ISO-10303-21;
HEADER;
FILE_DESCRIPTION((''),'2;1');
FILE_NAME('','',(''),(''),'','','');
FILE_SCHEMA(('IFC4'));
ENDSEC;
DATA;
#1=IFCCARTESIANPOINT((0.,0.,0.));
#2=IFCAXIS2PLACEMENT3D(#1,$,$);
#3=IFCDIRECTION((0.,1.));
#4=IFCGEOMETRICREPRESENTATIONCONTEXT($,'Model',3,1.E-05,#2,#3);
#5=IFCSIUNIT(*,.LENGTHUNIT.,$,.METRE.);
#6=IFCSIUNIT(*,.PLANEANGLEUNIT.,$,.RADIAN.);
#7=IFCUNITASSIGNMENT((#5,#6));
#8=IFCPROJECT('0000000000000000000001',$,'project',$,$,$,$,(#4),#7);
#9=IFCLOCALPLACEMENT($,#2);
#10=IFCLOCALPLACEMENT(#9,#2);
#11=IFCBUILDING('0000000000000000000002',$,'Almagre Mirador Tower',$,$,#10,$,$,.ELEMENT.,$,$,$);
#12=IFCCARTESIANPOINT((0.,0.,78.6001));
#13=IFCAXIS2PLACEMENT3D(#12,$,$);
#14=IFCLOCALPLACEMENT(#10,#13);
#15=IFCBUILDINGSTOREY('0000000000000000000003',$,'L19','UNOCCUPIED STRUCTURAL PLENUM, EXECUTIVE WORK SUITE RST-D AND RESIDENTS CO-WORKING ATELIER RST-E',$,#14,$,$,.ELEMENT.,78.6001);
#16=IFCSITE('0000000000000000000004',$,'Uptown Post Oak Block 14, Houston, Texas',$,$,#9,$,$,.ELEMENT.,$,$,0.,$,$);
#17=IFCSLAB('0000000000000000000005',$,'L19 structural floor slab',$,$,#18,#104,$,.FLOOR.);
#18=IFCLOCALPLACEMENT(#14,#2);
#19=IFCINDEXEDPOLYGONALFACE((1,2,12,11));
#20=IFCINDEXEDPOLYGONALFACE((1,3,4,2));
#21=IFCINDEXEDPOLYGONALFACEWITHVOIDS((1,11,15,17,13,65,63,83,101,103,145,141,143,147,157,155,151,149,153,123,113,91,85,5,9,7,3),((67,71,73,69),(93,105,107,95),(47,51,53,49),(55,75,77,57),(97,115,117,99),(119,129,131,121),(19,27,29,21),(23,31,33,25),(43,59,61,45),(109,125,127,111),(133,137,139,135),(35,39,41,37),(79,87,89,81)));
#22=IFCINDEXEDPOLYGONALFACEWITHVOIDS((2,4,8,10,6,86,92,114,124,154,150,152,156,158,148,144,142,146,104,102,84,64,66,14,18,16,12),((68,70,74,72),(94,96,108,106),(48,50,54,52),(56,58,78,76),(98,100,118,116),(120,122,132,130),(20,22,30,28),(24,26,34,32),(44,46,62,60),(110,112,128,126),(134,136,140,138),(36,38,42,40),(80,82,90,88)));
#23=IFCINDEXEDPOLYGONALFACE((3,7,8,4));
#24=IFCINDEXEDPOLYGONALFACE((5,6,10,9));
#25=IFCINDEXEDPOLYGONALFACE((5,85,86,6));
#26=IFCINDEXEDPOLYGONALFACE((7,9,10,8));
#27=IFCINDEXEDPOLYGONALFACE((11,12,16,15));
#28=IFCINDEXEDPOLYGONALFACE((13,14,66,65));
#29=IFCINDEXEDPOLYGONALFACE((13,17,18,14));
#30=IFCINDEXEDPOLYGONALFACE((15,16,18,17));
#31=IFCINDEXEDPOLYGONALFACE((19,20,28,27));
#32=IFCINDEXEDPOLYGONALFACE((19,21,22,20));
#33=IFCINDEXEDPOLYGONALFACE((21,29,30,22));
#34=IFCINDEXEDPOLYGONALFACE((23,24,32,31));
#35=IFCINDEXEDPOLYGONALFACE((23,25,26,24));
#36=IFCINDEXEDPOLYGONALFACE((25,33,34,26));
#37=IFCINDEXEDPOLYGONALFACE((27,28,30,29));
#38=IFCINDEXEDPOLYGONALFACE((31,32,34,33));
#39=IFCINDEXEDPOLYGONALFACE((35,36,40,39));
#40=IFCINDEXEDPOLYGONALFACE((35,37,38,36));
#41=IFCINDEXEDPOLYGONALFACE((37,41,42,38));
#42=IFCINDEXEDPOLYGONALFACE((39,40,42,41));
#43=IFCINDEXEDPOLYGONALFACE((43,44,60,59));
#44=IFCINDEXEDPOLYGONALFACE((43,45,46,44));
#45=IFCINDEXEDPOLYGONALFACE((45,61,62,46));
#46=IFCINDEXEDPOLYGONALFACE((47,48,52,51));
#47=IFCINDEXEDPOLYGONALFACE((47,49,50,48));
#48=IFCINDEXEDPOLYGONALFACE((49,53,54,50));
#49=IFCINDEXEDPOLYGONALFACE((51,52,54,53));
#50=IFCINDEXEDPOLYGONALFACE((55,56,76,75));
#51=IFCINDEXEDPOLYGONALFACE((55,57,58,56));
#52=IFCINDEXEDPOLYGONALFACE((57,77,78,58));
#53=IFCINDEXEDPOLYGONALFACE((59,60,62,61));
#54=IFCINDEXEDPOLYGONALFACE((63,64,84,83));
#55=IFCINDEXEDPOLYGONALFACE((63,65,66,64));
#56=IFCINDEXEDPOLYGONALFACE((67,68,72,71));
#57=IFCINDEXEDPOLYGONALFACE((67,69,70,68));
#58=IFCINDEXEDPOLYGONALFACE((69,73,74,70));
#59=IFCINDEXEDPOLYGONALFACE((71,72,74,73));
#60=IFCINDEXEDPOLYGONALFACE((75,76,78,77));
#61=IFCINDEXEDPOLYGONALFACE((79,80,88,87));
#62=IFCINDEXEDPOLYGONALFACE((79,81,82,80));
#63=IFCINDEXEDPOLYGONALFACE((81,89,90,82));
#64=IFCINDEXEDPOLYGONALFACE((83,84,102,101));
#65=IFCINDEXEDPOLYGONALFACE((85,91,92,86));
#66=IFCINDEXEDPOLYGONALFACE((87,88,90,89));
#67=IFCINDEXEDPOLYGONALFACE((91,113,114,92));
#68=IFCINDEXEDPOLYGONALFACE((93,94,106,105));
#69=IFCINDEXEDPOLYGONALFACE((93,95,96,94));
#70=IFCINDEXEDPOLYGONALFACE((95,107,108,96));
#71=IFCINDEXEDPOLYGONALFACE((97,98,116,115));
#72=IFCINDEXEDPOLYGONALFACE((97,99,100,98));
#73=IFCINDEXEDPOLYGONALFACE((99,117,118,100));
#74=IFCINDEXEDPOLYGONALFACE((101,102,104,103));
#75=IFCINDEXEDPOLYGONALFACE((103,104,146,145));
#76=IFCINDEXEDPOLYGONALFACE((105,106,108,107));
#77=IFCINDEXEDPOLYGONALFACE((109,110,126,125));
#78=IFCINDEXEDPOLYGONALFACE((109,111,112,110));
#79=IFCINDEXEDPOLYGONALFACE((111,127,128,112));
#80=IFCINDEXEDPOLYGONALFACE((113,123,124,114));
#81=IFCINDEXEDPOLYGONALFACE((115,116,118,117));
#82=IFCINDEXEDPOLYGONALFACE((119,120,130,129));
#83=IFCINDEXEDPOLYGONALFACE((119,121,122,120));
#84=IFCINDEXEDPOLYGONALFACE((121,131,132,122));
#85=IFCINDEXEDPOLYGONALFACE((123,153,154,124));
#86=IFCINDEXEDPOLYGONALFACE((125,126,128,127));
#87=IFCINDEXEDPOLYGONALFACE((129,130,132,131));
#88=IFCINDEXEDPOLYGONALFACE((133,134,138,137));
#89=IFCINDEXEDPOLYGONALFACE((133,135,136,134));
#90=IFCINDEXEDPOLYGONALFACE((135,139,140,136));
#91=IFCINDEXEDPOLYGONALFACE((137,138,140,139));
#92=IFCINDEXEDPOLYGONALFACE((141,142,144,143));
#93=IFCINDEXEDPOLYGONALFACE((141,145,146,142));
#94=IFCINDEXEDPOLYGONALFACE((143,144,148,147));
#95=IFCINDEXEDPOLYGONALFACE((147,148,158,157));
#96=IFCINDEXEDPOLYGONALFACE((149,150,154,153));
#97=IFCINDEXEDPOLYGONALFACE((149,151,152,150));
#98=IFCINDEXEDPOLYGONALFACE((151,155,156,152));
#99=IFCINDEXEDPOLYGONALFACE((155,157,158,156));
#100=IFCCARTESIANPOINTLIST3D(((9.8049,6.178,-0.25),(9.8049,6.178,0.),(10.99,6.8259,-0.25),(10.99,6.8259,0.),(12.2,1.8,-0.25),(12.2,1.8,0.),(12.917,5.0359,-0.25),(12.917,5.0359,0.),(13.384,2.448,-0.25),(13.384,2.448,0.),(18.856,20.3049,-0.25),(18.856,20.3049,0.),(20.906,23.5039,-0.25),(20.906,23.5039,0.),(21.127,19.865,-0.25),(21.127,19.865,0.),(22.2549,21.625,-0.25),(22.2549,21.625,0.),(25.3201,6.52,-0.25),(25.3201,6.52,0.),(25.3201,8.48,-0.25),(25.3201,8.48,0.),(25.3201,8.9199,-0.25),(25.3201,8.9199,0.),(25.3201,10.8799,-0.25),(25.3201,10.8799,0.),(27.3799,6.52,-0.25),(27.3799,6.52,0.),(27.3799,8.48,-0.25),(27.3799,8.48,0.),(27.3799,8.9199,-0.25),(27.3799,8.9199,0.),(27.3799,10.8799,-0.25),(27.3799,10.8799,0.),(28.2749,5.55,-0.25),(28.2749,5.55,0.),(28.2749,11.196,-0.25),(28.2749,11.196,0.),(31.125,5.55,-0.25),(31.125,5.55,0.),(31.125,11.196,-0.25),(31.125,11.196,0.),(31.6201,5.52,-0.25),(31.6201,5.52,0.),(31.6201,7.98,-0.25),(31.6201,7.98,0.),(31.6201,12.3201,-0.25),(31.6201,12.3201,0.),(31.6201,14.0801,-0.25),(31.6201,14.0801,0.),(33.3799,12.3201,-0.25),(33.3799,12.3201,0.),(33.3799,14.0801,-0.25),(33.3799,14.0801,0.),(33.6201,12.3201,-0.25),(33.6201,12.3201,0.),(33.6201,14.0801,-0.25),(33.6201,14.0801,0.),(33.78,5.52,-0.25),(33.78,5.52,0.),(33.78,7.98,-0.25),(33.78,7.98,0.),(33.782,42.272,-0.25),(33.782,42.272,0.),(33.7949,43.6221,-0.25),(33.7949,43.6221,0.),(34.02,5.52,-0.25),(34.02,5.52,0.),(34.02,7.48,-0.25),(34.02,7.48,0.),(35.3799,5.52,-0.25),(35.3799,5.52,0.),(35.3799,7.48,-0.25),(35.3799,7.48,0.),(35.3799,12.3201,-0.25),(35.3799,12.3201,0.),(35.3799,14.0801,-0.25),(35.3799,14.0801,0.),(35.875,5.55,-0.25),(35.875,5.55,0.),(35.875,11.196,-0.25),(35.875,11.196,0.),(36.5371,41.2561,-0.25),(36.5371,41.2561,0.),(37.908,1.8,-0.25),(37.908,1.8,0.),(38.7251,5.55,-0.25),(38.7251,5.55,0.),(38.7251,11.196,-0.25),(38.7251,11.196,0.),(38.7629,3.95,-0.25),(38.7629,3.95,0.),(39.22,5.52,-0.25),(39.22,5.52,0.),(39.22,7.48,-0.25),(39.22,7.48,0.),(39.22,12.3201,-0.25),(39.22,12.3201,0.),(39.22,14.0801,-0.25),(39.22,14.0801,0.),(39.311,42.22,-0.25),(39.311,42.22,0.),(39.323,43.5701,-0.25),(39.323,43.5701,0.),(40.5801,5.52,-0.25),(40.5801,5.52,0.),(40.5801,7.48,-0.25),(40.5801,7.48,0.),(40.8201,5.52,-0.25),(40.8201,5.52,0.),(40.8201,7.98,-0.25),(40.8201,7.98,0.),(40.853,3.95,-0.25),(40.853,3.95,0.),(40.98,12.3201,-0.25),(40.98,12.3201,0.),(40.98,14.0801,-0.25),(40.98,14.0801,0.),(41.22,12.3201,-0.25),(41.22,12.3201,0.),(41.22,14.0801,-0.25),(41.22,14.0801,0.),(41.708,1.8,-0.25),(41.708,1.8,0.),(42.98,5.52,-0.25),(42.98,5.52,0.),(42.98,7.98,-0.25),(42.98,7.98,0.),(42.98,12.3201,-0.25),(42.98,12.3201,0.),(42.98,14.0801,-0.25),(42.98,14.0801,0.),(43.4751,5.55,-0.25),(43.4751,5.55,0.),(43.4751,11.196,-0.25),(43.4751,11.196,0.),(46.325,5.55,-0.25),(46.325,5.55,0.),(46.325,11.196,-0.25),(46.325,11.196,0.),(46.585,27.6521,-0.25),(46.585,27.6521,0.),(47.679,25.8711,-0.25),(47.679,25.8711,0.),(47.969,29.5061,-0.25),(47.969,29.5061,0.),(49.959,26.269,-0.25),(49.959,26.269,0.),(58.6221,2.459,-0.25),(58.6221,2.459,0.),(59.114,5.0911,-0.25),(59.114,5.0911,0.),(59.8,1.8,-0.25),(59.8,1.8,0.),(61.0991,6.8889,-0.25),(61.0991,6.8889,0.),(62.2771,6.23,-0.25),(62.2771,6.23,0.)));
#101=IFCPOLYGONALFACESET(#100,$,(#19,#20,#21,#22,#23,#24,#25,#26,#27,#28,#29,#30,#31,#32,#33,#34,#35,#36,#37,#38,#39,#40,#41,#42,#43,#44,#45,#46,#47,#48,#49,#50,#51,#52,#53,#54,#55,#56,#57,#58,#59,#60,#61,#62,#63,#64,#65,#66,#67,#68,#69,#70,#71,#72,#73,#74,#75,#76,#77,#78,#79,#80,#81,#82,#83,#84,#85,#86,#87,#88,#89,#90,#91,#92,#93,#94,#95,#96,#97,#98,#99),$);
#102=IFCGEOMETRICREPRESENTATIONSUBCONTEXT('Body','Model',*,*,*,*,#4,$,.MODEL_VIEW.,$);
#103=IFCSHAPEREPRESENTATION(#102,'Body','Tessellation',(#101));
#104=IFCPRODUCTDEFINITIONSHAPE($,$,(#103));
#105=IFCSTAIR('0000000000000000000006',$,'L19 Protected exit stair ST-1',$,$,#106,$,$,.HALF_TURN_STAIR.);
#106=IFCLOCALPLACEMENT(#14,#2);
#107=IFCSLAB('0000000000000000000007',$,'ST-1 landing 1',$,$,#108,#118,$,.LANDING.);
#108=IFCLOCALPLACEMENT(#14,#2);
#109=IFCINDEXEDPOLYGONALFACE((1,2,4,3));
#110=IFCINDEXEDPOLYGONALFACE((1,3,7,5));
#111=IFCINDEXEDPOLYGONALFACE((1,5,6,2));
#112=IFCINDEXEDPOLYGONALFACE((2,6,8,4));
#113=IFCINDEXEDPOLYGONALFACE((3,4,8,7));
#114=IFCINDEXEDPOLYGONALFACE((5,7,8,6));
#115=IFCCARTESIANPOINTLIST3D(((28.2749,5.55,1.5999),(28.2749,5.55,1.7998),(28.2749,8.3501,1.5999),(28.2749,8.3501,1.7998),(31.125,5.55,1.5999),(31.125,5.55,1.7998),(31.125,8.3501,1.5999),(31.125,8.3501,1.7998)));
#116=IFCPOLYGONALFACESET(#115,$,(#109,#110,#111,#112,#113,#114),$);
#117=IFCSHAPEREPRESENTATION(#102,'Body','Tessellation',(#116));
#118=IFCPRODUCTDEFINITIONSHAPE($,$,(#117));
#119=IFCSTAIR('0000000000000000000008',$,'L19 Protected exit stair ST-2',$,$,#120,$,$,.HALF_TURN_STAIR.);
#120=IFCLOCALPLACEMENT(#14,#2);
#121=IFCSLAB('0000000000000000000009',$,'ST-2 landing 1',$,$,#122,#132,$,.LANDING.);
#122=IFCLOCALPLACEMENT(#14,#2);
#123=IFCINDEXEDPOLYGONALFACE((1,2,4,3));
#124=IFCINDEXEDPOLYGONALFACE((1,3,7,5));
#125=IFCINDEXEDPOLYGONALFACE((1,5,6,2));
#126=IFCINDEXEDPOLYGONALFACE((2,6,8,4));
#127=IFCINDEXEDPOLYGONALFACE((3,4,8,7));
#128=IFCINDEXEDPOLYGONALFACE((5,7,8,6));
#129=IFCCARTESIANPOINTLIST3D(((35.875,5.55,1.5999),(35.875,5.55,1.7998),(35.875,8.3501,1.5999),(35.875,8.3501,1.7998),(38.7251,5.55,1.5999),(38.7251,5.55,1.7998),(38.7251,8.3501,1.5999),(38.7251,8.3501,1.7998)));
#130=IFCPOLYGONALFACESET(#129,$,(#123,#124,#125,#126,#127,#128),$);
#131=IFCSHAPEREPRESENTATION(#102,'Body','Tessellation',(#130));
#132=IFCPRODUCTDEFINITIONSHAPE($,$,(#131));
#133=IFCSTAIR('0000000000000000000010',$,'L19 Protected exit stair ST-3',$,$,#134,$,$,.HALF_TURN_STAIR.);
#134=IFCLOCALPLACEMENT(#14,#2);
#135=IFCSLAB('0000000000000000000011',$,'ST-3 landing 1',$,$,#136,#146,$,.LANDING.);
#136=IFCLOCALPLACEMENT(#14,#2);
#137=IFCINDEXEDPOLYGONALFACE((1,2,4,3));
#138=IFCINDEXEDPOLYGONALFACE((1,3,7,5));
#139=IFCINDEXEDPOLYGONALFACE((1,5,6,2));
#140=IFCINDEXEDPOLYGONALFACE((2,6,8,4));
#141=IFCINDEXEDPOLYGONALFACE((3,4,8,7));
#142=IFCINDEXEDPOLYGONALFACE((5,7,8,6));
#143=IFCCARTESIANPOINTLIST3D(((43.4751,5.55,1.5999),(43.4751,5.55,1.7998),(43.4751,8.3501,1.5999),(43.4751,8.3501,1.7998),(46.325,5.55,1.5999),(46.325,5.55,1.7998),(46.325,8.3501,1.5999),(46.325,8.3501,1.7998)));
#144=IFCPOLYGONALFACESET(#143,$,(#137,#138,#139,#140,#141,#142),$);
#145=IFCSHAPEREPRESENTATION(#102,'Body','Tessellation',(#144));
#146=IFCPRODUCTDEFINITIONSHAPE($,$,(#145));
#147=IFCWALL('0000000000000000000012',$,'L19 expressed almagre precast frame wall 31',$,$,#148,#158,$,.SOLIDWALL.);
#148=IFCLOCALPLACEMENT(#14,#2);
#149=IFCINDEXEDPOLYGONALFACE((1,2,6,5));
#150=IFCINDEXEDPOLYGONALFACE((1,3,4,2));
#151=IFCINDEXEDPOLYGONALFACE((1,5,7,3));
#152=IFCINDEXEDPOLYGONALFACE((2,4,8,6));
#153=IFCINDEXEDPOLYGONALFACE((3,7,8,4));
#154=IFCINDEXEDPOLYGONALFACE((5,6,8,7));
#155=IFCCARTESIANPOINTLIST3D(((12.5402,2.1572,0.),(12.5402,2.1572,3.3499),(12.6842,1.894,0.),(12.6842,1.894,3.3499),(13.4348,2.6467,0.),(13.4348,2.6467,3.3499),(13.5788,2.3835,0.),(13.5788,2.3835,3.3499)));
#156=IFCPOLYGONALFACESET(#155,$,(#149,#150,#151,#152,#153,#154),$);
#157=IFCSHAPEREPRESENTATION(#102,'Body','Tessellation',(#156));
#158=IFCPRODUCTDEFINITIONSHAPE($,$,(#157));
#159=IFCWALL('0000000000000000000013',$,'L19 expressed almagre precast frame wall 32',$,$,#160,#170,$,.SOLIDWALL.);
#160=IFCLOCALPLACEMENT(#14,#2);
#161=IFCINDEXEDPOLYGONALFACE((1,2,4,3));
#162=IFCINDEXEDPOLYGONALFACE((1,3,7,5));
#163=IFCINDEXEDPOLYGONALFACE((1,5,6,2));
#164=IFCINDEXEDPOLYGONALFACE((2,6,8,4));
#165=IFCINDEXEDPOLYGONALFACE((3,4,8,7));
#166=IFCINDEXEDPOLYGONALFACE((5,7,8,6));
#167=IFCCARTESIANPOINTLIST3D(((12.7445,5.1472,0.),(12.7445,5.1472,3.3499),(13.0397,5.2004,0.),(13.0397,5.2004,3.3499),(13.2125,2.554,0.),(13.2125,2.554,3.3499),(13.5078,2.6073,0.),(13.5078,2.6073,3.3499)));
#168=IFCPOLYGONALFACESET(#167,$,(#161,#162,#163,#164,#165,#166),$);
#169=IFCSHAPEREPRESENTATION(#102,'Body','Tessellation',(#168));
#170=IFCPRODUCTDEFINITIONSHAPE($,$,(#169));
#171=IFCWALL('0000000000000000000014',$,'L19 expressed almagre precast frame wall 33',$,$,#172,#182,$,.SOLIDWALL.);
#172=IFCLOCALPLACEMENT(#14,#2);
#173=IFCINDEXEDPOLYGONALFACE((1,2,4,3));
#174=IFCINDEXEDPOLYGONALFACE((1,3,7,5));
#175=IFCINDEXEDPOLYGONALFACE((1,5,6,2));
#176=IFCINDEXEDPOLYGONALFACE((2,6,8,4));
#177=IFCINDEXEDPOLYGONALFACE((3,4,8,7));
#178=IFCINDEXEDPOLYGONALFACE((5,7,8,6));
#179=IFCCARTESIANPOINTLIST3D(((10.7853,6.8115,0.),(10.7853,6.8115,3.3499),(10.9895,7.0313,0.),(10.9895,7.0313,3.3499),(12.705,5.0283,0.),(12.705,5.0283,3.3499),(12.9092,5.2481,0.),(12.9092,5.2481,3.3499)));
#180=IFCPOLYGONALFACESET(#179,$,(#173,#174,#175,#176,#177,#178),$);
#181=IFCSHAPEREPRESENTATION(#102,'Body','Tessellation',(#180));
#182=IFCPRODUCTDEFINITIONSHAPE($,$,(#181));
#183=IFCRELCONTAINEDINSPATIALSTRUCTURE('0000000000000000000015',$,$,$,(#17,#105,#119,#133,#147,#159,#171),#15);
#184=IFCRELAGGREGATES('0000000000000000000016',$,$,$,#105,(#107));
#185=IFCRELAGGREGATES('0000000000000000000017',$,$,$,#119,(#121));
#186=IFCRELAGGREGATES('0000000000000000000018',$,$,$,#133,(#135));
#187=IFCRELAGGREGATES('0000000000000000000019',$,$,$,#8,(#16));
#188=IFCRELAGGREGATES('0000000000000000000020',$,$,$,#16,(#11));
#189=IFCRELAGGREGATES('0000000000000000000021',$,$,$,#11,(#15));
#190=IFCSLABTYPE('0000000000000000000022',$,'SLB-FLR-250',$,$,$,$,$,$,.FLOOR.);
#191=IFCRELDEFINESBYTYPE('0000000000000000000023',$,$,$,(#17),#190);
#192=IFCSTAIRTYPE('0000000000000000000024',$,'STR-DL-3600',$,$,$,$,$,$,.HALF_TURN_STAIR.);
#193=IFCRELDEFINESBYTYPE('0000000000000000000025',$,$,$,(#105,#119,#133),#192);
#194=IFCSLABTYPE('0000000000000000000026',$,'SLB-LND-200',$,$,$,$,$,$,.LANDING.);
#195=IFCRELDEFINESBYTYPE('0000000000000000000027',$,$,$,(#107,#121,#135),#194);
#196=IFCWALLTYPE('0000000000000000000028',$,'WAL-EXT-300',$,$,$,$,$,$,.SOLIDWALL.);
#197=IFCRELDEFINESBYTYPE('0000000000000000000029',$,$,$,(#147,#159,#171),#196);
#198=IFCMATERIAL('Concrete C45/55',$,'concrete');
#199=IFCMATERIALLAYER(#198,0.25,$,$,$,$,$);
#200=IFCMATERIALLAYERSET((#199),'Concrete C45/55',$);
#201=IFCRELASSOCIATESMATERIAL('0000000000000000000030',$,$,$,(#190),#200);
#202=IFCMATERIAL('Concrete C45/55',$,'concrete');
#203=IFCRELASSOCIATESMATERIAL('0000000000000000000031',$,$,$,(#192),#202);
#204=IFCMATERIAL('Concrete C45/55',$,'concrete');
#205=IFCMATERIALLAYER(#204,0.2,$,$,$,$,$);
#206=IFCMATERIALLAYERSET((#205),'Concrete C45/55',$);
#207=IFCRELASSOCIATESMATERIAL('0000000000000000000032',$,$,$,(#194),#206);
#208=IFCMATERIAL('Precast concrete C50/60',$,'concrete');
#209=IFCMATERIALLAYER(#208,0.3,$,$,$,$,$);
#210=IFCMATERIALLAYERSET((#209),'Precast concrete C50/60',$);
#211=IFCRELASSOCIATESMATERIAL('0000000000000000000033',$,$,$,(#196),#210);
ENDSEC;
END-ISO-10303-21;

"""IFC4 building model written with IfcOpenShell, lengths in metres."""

from ifc_helpers import new_model, si_unit, direction, frame, frame_2d, origin, place, context, subcontext, project, spatial, polyline, rectangle, outline, extrude, material, layer, layer_set, type_object, element, aggregate, save


model = new_model("IFC4")

# Units and contexts
model_context = context("Model", 3, precision=1e-05, world=origin(), true_north=direction((0.0, 1.0)))
body_context = subcontext(model_context, "Body", "Model", "MODEL_VIEW")
ifc_project = project(units=[si_unit("LENGTHUNIT", "METRE"), si_unit("PLANEANGLEUNIT", "RADIAN")], contexts=[model_context])

# Site, building, storey
site_placement = place(None, origin())
site = spatial("IfcSite", under=ifc_project, at=site_placement, Name="Uptown Post Oak Block 14, Houston, Texas", CompositionType="ELEMENT", RefElevation=0.0)
building_placement = place(site_placement, origin())
building = spatial("IfcBuilding", under=site, at=building_placement, Name="Almagre Mirador Tower", CompositionType="ELEMENT")
storey_placement = place(building_placement, frame((0.0, 0.0, 78.6001)))
storey = spatial("IfcBuildingStorey", under=building, at=storey_placement, Name="L19", Description="UNOCCUPIED STRUCTURAL PLENUM, EXECUTIVE WORK SUITE RST-D AND RESIDENTS CO-WORKING ATELIER RST-E", CompositionType="ELEMENT", Elevation=78.6001)

# Slab
ifc_material_1 = material(Name="Concrete C45/55", Category="concrete")
ifc_layer_1 = layer(ifc_material_1, 0.25)
ifc_layer_set_1 = layer_set([ifc_layer_1], Name="Concrete C45/55")
slab_type_1 = type_object("IfcSlabType", Name="SLB-FLR-250", PredefinedType="FLOOR", material=ifc_layer_set_1)
slab_1_placement = place(storey_placement, frame((0.0, 0.0, -0.25)))
element("IfcSlab", 1, at=slab_1_placement, inside=storey, type_object=slab_type_1, Name="L19 structural floor slab", PredefinedType="FLOOR", context=body_context, shape_type="SweptSolid", body=[
    extrude(outline(polyline([(9.8049, 6.178), (10.99, 6.8259), (12.917, 5.0359), (13.384, 2.448), (12.2, 1.8), (37.908, 1.8), (38.7629, 3.95), (40.853, 3.95), (41.708, 1.8), (59.8, 1.8), (58.6221, 2.459), (59.114, 5.0911), (61.0991, 6.8889), (62.2771, 6.23), (49.959, 26.269), (47.679, 25.8711), (46.585, 27.6521), (47.969, 29.5061), (39.323, 43.5701), (39.311, 42.22), (36.5371, 41.2561), (33.782, 42.272), (33.7949, 43.6221), (20.906, 23.5039), (22.2549, 21.625), (21.127, 19.865), (18.856, 20.3049), (9.8049, 6.178)]), holes=[polyline([(43.4751, 11.196), (46.325, 11.196), (46.325, 5.55), (43.4751, 5.55), (43.4751, 11.196)]), polyline([(40.8201, 5.52), (40.8201, 7.98), (42.98, 7.98), (42.98, 5.52), (40.8201, 5.52)]), polyline([(41.22, 12.3201), (41.22, 14.0801), (42.98, 14.0801), (42.98, 12.3201), (41.22, 12.3201)]), polyline([(39.22, 12.3201), (39.22, 14.0801), (40.98, 14.0801), (40.98, 12.3201), (39.22, 12.3201)]), polyline([(39.22, 5.52), (39.22, 7.48), (40.5801, 7.48), (40.5801, 5.52), (39.22, 5.52)]), polyline([(35.875, 11.196), (38.7251, 11.196), (38.7251, 5.55), (35.875, 5.55), (35.875, 11.196)]), polyline([(35.3799, 5.52), (34.02, 5.52), (34.02, 7.48), (35.3799, 7.48), (35.3799, 5.52)]), polyline([(35.3799, 12.3201), (33.6201, 12.3201), (33.6201, 14.0801), (35.3799, 14.0801), (35.3799, 12.3201)]), polyline([(31.6201, 5.52), (31.6201, 7.98), (33.78, 7.98), (33.78, 5.52), (31.6201, 5.52)]), polyline([(31.6201, 12.3201), (31.6201, 14.0801), (33.3799, 14.0801), (33.3799, 12.3201), (31.6201, 12.3201)]), polyline([(28.2749, 5.55), (28.2749, 11.196), (31.125, 11.196), (31.125, 5.55), (28.2749, 5.55)]), polyline([(25.3201, 6.52), (25.3201, 8.48), (27.3799, 8.48), (27.3799, 6.52), (25.3201, 6.52)]), polyline([(25.3201, 8.9199), (25.3201, 10.8799), (27.3799, 10.8799), (27.3799, 8.9199), (25.3201, 8.9199)])]), origin(), (0.0, 0.0, 1.0), 0.25),
])

# Stairs, slabs
ifc_material_2 = material(Name="Concrete C45/55", Category="concrete")
stair_type = type_object("IfcStairType", Name="STR-DL-3600", PredefinedType="HALF_TURN_STAIR", material=ifc_material_2)
stair_1_placement = place(storey_placement, origin())
stair_1 = element("IfcStair", 2, at=stair_1_placement, inside=storey, type_object=stair_type, Name="L19 Protected exit stair ST-1", PredefinedType="HALF_TURN_STAIR")
ifc_material_3 = material(Name="Concrete C45/55", Category="concrete")
ifc_layer_2 = layer(ifc_material_3, 0.2)
ifc_layer_set_2 = layer_set([ifc_layer_2], Name="Concrete C45/55")
slab_type_2 = type_object("IfcSlabType", Name="SLB-LND-200", PredefinedType="LANDING", material=ifc_layer_set_2)
slab_2_placement = place(storey_placement, frame((0.0, 0.0, 1.5999)))
slab_2 = element("IfcSlab", 3, at=slab_2_placement, type_object=slab_type_2, Name="ST-1 landing 1", PredefinedType="LANDING", context=body_context, shape_type="SweptSolid", body=[
    extrude(outline(polyline([(28.2749, 8.3501), (28.2749, 5.55), (31.125, 5.55), (31.125, 8.3501), (28.2749, 8.3501)])), origin(), (0.0, 0.0, 1.0), 0.2),
])
aggregate(stair_1, [slab_2])
stair_2_placement = place(storey_placement, origin())
stair_2 = element("IfcStair", 4, at=stair_2_placement, inside=storey, type_object=stair_type, Name="L19 Protected exit stair ST-2", PredefinedType="HALF_TURN_STAIR")
slab_3_placement = place(storey_placement, frame((0.0, 0.0, 1.5999)))
slab_3 = element("IfcSlab", 5, at=slab_3_placement, type_object=slab_type_2, Name="ST-2 landing 1", PredefinedType="LANDING", context=body_context, shape_type="SweptSolid", body=[
    extrude(outline(polyline([(35.875, 8.3501), (35.875, 5.55), (38.7251, 5.55), (38.7251, 8.3501), (35.875, 8.3501)])), origin(), (0.0, 0.0, 1.0), 0.2),
])
aggregate(stair_2, [slab_3])
stair_3_placement = place(storey_placement, origin())
stair_3 = element("IfcStair", 6, at=stair_3_placement, inside=storey, type_object=stair_type, Name="L19 Protected exit stair ST-3", PredefinedType="HALF_TURN_STAIR")
slab_4_placement = place(storey_placement, frame((0.0, 0.0, 1.5999)))
slab_4 = element("IfcSlab", 7, at=slab_4_placement, type_object=slab_type_2, Name="ST-3 landing 1", PredefinedType="LANDING", context=body_context, shape_type="SweptSolid", body=[
    extrude(outline(polyline([(43.4751, 8.3501), (43.4751, 5.55), (46.325, 5.55), (46.325, 8.3501), (43.4751, 8.3501)])), origin(), (0.0, 0.0, 1.0), 0.2),
])
aggregate(stair_3, [slab_4])

# Walls
ifc_material_4 = material(Name="Precast concrete C50/60", Category="concrete")
ifc_layer_3 = layer(ifc_material_4, 0.3)
ifc_layer_set_3 = layer_set([ifc_layer_3], Name="Precast concrete C50/60")
wall_type_1 = type_object("IfcWallType", Name="WAL-EXT-300", PredefinedType="SOLIDWALL", material=ifc_layer_set_3)
wall_1_placement = place(storey_placement, frame((12.6123, 2.0256, 0.0), z_axis=(0.0, 0.0, 1.0), x_axis=(0.877245, 0.480043, 0.0)))
element("IfcWall", 8, at=wall_1_placement, inside=storey, type_object=wall_type_1, Name="L19 expressed almagre precast frame wall 31", PredefinedType="SOLIDWALL", context=body_context, shape_type="SweptSolid", body=[
    extrude(rectangle(XDim=1.0198, YDim=0.3, at=frame_2d((0.5098, 0.0))), origin(), (0.0, 0.0, 1.0), 3.3499),
])
wall_2_placement = place(storey_placement, frame((13.3601, 2.5808, 0.0), z_axis=(0.0, 0.0, 1.0), x_axis=(-0.177621, 0.984099, 0.0)))
element("IfcWall", 9, at=wall_2_placement, inside=storey, type_object=wall_type_1, Name="L19 expressed almagre precast frame wall 32", PredefinedType="SOLIDWALL", context=body_context, shape_type="SweptSolid", body=[
    extrude(rectangle(XDim=2.635, YDim=0.3, at=frame_2d((1.3174, 0.0))), origin(), (0.0, 0.0, 1.0), 3.3499),
])
wall_3_placement = place(storey_placement, frame((12.8071, 5.1382, 0.0), z_axis=(0.0, 0.0, 1.0), x_axis=(-0.732671, 0.680583, 0.0)))
element("IfcWall", 10, at=wall_3_placement, inside=storey, type_object=wall_type_1, Name="L19 expressed almagre precast frame wall 33", PredefinedType="SOLIDWALL", context=body_context, shape_type="SweptSolid", body=[
    extrude(rectangle(XDim=2.6201, YDim=0.3, at=frame_2d((1.3101, 0.0))), origin(), (0.0, 0.0, 1.0), 3.3499),
])

save(model, "model.ifc")
